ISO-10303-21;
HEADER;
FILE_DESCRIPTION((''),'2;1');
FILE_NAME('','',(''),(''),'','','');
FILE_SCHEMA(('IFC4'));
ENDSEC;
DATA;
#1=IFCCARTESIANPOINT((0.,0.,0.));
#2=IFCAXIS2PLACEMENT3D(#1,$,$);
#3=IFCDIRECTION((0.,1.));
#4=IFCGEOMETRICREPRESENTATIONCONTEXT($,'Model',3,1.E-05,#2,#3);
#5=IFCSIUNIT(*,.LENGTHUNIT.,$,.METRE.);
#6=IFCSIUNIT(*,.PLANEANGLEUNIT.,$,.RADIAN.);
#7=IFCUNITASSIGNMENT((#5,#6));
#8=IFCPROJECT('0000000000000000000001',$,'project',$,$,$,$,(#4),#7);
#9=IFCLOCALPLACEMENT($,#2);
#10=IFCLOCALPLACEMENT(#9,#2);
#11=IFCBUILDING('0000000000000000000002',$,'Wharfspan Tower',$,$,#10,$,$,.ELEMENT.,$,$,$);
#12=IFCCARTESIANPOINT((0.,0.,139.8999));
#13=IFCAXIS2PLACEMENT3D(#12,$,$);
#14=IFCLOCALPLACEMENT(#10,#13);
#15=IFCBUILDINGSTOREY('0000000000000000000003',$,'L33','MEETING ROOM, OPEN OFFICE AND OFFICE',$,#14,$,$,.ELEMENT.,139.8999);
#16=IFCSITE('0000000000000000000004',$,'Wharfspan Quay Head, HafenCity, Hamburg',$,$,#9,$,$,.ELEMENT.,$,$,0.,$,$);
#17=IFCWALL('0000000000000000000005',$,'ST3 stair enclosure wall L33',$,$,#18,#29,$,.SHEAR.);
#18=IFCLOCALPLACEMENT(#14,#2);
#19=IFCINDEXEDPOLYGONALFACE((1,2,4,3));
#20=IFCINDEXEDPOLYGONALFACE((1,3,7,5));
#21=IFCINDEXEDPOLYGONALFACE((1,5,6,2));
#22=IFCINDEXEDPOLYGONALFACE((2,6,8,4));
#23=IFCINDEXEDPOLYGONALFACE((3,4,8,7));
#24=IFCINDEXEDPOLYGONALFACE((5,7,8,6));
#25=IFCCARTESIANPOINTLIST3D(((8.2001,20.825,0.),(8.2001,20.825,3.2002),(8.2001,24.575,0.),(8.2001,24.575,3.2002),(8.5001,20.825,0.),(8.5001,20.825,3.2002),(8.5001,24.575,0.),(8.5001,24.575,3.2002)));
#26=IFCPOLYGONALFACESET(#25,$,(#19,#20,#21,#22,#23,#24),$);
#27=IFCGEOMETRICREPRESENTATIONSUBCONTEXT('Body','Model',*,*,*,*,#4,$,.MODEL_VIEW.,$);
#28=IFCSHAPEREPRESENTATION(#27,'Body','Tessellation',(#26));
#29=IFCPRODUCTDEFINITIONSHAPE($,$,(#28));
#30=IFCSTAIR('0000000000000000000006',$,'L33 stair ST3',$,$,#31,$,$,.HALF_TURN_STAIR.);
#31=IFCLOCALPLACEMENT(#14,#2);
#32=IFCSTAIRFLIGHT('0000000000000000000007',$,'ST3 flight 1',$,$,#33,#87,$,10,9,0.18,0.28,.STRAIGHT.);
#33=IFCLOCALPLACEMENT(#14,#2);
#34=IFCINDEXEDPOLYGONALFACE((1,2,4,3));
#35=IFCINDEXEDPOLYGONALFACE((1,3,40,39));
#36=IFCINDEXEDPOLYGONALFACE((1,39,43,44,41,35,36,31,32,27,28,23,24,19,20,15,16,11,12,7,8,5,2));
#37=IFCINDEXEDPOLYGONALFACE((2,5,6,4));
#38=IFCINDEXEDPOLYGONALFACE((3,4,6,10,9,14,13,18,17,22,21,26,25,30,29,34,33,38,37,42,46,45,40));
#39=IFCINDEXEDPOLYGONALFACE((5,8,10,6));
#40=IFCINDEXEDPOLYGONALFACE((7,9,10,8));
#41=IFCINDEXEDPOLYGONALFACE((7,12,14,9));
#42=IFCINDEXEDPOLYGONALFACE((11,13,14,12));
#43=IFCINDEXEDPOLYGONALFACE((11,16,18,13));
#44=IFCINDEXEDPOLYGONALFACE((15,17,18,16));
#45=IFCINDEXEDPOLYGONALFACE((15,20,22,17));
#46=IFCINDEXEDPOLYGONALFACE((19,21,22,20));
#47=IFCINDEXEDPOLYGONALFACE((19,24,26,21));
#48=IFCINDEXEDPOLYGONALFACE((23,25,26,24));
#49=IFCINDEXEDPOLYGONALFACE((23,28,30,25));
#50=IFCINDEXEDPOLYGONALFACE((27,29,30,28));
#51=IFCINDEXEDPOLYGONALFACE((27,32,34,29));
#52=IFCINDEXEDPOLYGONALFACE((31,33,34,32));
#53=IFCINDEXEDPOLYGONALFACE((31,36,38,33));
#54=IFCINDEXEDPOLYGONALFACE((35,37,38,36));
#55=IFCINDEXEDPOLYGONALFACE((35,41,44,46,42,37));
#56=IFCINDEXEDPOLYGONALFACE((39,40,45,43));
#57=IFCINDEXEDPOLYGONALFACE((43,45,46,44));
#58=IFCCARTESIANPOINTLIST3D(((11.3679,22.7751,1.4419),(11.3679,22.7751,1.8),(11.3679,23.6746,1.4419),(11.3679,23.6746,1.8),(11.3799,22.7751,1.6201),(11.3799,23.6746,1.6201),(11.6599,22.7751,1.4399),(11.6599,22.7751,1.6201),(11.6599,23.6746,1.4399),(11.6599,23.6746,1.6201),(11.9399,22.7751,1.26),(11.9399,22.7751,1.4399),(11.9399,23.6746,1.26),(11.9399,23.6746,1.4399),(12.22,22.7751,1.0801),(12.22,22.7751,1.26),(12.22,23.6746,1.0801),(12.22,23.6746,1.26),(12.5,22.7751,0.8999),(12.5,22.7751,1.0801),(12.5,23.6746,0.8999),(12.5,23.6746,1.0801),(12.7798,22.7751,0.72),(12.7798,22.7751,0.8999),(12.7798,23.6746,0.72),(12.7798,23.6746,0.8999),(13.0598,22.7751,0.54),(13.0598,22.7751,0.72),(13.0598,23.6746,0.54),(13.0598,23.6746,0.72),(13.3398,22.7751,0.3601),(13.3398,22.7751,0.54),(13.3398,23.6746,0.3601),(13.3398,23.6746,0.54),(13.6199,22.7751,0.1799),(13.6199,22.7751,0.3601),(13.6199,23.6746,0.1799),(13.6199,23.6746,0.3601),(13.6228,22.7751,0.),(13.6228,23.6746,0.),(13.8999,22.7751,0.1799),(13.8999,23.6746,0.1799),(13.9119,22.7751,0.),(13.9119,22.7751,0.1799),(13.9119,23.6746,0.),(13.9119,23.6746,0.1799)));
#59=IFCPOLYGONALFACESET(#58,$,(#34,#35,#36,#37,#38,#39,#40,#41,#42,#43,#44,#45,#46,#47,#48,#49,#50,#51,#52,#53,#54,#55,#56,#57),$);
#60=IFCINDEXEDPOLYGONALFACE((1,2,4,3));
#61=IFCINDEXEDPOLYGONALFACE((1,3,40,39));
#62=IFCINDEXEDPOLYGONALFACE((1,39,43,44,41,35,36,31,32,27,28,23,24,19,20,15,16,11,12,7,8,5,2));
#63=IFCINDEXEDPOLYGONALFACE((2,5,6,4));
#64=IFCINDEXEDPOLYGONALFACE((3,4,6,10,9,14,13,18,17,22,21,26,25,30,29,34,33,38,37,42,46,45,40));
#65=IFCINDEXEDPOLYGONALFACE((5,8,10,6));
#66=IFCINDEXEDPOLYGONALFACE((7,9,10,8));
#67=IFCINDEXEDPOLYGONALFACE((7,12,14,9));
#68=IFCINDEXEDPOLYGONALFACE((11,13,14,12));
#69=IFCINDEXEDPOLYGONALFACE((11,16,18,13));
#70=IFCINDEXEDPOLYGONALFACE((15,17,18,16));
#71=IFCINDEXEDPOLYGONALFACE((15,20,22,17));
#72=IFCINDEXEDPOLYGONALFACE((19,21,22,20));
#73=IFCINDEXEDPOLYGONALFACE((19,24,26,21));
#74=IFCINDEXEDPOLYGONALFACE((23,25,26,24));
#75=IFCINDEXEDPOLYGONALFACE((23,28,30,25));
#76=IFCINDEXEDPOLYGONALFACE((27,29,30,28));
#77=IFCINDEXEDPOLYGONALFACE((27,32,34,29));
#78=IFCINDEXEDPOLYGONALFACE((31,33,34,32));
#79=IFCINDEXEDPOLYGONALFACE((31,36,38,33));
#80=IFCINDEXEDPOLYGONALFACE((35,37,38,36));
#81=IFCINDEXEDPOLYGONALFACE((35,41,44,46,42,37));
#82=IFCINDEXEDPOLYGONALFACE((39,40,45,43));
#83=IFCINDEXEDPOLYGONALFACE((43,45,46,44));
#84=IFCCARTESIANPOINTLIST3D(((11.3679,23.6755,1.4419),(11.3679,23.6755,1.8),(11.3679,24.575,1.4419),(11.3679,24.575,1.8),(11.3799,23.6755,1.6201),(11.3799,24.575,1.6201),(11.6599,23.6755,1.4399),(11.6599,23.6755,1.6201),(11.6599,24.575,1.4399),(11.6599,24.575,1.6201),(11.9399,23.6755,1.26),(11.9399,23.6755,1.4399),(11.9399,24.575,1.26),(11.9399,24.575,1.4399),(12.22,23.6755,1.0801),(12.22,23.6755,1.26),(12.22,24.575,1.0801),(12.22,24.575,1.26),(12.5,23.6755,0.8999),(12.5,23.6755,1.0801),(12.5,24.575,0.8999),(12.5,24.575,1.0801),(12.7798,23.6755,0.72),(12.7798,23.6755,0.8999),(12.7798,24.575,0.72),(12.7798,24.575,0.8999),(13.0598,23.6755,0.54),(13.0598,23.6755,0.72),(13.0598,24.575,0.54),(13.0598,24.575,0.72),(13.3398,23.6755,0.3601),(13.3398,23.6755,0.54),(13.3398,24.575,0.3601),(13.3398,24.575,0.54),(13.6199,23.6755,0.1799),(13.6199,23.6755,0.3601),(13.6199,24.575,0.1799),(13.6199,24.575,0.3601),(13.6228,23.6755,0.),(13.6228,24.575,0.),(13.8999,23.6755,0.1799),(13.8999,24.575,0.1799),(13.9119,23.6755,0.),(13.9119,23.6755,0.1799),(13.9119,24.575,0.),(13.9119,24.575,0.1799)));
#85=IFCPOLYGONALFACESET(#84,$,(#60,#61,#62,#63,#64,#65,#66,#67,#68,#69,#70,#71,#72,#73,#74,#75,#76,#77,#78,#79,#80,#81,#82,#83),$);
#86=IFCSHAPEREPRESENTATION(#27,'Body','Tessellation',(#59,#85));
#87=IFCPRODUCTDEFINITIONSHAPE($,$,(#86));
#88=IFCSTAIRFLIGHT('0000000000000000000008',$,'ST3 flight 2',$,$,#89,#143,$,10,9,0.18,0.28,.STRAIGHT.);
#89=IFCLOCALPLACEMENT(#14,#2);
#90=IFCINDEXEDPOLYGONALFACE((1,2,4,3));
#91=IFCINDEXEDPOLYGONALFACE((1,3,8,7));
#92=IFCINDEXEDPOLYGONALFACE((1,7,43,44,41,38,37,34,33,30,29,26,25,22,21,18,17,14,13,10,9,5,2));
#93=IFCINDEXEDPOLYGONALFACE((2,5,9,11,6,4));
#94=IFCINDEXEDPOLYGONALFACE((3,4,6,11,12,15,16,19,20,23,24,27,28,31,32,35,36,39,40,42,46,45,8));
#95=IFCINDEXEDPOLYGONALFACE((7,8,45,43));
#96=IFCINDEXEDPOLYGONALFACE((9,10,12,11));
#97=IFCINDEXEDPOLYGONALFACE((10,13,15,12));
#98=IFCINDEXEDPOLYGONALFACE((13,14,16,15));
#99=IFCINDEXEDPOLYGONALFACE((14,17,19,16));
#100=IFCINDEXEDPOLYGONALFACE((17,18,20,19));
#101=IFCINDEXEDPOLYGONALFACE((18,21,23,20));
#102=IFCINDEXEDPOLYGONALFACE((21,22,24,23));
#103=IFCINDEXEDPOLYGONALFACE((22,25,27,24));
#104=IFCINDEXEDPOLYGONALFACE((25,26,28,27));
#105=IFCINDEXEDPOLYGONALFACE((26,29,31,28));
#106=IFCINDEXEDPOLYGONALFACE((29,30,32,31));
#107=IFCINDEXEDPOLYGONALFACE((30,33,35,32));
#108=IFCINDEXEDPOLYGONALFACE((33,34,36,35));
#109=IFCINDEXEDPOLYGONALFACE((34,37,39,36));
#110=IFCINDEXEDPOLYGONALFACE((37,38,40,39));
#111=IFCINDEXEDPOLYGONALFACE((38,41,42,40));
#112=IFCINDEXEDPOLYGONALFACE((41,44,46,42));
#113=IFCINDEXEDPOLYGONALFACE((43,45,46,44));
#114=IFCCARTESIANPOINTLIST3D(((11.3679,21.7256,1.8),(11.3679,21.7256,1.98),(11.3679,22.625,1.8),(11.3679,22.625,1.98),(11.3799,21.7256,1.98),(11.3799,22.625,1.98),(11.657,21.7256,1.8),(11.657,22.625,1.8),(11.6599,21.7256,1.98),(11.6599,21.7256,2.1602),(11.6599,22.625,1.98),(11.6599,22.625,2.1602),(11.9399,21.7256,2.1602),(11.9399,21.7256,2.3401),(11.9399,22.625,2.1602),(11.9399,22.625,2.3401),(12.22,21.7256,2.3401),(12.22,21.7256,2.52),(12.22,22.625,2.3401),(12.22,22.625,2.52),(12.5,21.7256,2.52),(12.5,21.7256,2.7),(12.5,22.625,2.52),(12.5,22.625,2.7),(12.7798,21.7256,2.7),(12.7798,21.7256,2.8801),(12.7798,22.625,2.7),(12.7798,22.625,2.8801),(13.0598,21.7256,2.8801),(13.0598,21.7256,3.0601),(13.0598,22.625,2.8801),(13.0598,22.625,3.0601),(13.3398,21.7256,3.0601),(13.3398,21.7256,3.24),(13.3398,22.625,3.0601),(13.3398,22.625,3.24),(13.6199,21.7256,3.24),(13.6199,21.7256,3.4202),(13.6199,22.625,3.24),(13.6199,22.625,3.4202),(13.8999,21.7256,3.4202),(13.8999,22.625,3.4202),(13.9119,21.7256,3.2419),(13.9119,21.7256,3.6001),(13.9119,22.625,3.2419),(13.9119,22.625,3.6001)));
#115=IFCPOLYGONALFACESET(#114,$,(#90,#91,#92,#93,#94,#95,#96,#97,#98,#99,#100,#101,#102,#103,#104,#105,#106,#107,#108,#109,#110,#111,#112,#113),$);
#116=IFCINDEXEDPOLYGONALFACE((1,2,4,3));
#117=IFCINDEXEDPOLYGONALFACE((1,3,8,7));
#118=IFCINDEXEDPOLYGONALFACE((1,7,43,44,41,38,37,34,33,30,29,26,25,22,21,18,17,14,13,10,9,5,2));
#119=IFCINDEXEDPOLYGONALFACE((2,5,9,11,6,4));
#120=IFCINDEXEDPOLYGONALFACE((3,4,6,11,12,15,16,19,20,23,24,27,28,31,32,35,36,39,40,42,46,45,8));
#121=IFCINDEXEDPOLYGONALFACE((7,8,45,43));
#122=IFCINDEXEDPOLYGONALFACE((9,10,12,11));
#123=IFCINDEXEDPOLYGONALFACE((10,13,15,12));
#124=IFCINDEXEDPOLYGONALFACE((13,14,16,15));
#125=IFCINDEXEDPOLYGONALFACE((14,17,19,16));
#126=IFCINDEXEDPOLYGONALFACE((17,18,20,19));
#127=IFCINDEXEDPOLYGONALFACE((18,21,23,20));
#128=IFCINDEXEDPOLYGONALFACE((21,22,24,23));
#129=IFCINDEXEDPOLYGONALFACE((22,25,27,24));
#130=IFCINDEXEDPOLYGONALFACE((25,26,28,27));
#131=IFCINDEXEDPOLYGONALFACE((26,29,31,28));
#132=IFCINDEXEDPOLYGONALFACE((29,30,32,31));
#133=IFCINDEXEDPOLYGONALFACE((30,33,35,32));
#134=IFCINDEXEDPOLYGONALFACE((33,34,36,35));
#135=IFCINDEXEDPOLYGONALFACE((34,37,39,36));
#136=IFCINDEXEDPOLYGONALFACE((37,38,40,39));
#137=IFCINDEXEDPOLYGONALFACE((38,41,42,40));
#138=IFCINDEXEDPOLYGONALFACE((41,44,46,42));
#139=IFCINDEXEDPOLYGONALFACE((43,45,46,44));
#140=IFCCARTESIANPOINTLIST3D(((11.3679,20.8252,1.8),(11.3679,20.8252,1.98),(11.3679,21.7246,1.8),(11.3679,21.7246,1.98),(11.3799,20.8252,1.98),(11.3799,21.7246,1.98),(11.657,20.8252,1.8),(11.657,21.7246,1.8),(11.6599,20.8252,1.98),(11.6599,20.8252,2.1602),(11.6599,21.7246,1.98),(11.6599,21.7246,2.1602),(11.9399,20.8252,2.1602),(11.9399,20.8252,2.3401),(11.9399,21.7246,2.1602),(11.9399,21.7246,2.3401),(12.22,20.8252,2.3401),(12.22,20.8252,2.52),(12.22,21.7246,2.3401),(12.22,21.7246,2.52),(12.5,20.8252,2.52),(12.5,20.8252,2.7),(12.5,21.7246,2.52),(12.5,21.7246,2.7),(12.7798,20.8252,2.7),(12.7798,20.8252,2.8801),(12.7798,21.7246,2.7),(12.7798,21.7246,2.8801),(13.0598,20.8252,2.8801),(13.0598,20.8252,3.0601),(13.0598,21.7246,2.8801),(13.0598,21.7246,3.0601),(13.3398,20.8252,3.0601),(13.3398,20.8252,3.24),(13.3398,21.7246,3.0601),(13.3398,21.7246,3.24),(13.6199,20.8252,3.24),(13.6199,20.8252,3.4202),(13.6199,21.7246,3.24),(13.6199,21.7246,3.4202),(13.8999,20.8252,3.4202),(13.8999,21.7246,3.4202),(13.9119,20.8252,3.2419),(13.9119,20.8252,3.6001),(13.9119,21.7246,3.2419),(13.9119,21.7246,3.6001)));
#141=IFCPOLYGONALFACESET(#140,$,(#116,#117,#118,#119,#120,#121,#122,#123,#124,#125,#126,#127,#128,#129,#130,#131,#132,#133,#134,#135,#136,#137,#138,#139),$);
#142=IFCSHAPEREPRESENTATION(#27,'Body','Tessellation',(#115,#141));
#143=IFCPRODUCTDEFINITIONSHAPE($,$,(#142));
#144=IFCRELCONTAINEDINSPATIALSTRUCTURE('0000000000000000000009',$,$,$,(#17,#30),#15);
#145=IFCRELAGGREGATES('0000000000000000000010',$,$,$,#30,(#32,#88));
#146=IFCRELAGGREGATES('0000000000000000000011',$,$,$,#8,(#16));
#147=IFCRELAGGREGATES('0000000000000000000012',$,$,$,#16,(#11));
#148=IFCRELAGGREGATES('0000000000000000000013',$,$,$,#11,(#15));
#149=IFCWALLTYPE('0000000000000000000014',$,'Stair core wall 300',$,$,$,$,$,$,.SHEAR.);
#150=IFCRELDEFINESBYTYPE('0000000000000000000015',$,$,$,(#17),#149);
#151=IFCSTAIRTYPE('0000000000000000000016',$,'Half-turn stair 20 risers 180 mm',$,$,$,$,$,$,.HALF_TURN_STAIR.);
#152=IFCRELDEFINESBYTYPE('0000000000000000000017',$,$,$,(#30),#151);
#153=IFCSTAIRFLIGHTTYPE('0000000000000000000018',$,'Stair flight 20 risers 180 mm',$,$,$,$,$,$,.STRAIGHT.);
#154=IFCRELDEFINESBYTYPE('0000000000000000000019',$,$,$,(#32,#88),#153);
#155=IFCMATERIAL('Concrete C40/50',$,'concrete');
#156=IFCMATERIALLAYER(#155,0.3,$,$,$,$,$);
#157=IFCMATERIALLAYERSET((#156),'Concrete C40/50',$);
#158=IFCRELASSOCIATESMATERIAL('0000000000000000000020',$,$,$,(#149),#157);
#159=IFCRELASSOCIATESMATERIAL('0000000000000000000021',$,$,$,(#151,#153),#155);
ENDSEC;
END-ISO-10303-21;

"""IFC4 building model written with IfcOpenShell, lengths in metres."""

from ifc_helpers import new_model, si_unit, direction, frame, frame_2d, origin, place, context, subcontext, project, spatial, polyline, rectangle, outline, extrude, material, layer, layer_set, type_object, element, aggregate, save


model = new_model("IFC4")

# Units and contexts
model_context = context("Model", 3, precision=1e-05, world=origin(), true_north=direction((0.0, 1.0)))
body_context = subcontext(model_context, "Body", "Model", "MODEL_VIEW")
ifc_project = project(units=[si_unit("LENGTHUNIT", "METRE"), si_unit("PLANEANGLEUNIT", "RADIAN")], contexts=[model_context])

# Site, building, storey
site_placement = place(None, origin())
site = spatial("IfcSite", under=ifc_project, at=site_placement, Name="Wharfspan Quay Head, HafenCity, Hamburg", CompositionType="ELEMENT", RefElevation=0.0)
building_placement = place(site_placement, origin())
building = spatial("IfcBuilding", under=site, at=building_placement, Name="Wharfspan Tower", CompositionType="ELEMENT")
storey_placement = place(building_placement, frame((0.0, 0.0, 139.8999)))
storey = spatial("IfcBuildingStorey", under=building, at=storey_placement, Name="L33", Description="MEETING ROOM, OPEN OFFICE AND OFFICE", CompositionType="ELEMENT", Elevation=139.8999)

# Wall
ifc_material_1 = material(Name="Concrete C40/50", Category="concrete")
ifc_layer_1 = layer(ifc_material_1, 0.3)
ifc_layer_set_1 = layer_set([ifc_layer_1], Name="Concrete C40/50")
wall_type_1 = type_object("IfcWallType", Name="Stair core wall 300", PredefinedType="SHEAR", material=ifc_layer_set_1)
wall_1_placement = place(storey_placement, frame((8.3501, 20.825, 0.0), z_axis=(0.0, 0.0, 1.0), x_axis=(0.0, 1.0, 0.0)))
element("IfcWall", 1, at=wall_1_placement, inside=storey, type_object=wall_type_1, Name="ST3 stair enclosure wall L33", PredefinedType="SHEAR", context=body_context, shape_type="SweptSolid", body=[
    extrude(rectangle(XDim=3.75, YDim=0.3, at=frame_2d((1.875, 0.0))), origin(), (0.0, 0.0, 1.0), 3.2002),
])

# Stair, stair flights
stair_type = type_object("IfcStairType", Name="Half-turn stair 20 risers 180 mm", PredefinedType="HALF_TURN_STAIR", material=ifc_material_1)
stair_placement = place(storey_placement, origin())
stair = element("IfcStair", 2, at=stair_placement, inside=storey, type_object=stair_type, Name="L33 stair ST3", PredefinedType="HALF_TURN_STAIR")
stair_flight_type = type_object("IfcStairFlightType", Name="Stair flight 20 risers 180 mm", PredefinedType="STRAIGHT", material=ifc_material_1)
stair_flight_1_placement = place(storey_placement, frame((13.8999, 23.675, 0.0), z_axis=(0.0, 0.0, 1.0), x_axis=(-1.0, 0.0, 0.0)))
stair_flight_1 = element("IfcStairFlight", 3, at=stair_flight_1_placement, type_object=stair_flight_type, Name="ST3 flight 1", NumberOfRisers=10, NumberOfTreads=9, PredefinedType="STRAIGHT", RiserHeight=0.18, TreadLength=0.28, context=body_context, shape_type="SweptSolid", body=[
    extrude(outline(polyline([(-0.012, 0.0), (-0.012, 0.1799), (0.0, 0.1799), (0.28, 0.1799), (0.28, 0.3601), (0.5601, 0.3601), (0.5601, 0.54), (0.8401, 0.54), (0.8401, 0.72), (1.1201, 0.72), (1.1201, 0.8999), (1.3999, 0.8999), (1.3999, 1.0801), (1.6799, 1.0801), (1.6799, 1.26), (1.96, 1.26), (1.96, 1.4399), (2.24, 1.4399), (2.24, 1.6201), (2.52, 1.6201), (2.532, 1.8), (2.532, 1.4419), (0.2771, 0.0), (-0.012, 0.0)])), frame((0.0, 0.8999, 0.0), z_axis=(0.0, -1.0, 0.0), x_axis=(1.0, 0.0, 0.0)), (0.0, 0.0, 1.0), 0.8994),
    extrude(outline(polyline([(-0.012, 0.0), (-0.012, 0.1799), (0.0, 0.1799), (0.28, 0.1799), (0.28, 0.3601), (0.5601, 0.3601), (0.5601, 0.54), (0.8401, 0.54), (0.8401, 0.72), (1.1201, 0.72), (1.1201, 0.8999), (1.3999, 0.8999), (1.3999, 1.0801), (1.6799, 1.0801), (1.6799, 1.26), (1.96, 1.26), (1.96, 1.4399), (2.24, 1.4399), (2.24, 1.6201), (2.52, 1.6201), (2.532, 1.8), (2.532, 1.4419), (0.2771, 0.0), (-0.012, 0.0)])), frame((0.0, -0.0005, 0.0), z_axis=(0.0, -1.0, 0.0), x_axis=(1.0, 0.0, 0.0)), (0.0, 0.0, 1.0), 0.8994),
])
stair_flight_2_placement = place(storey_placement, frame((11.3799, 21.7251, 1.8), z_axis=(0.0, 0.0, 1.0), x_axis=(1.0, 0.0, 0.0)))
stair_flight_2 = element("IfcStairFlight", 4, at=stair_flight_2_placement, type_object=stair_flight_type, Name="ST3 flight 2", NumberOfRisers=10, NumberOfTreads=9, PredefinedType="STRAIGHT", RiserHeight=0.18, TreadLength=0.28, context=body_context, shape_type="SweptSolid", body=[
    extrude(outline(polyline([(-0.012, 0.0), (-0.012, 0.1799), (0.0, 0.1799), (0.28, 0.1799), (0.28, 0.3601), (0.5601, 0.3601), (0.5601, 0.54), (0.8401, 0.54), (0.8401, 0.72), (1.1201, 0.72), (1.1201, 0.8999), (1.3999, 0.8999), (1.3999, 1.0801), (1.6799, 1.0801), (1.6799, 1.26), (1.96, 1.26), (1.96, 1.4399), (2.24, 1.4399), (2.24, 1.6201), (2.52, 1.6201), (2.532, 1.8), (2.532, 1.4419), (0.2771, 0.0), (-0.012, 0.0)])), frame((0.0, 0.8999, 0.0), z_axis=(0.0, -1.0, 0.0), x_axis=(1.0, 0.0, 0.0)), (0.0, 0.0, 1.0), 0.8994),
    extrude(outline(polyline([(-0.012, 0.0), (-0.012, 0.1799), (0.0, 0.1799), (0.28, 0.1799), (0.28, 0.3601), (0.5601, 0.3601), (0.5601, 0.54), (0.8401, 0.54), (0.8401, 0.72), (1.1201, 0.72), (1.1201, 0.8999), (1.3999, 0.8999), (1.3999, 1.0801), (1.6799, 1.0801), (1.6799, 1.26), (1.96, 1.26), (1.96, 1.4399), (2.24, 1.4399), (2.24, 1.6201), (2.52, 1.6201), (2.532, 1.8), (2.532, 1.4419), (0.2771, 0.0), (-0.012, 0.0)])), frame((0.0, -0.0005, 0.0), z_axis=(0.0, -1.0, 0.0), x_axis=(1.0, 0.0, 0.0)), (0.0, 0.0, 1.0), 0.8994),
])
aggregate(stair, [stair_flight_1, stair_flight_2])

save(model, "model.ifc")
